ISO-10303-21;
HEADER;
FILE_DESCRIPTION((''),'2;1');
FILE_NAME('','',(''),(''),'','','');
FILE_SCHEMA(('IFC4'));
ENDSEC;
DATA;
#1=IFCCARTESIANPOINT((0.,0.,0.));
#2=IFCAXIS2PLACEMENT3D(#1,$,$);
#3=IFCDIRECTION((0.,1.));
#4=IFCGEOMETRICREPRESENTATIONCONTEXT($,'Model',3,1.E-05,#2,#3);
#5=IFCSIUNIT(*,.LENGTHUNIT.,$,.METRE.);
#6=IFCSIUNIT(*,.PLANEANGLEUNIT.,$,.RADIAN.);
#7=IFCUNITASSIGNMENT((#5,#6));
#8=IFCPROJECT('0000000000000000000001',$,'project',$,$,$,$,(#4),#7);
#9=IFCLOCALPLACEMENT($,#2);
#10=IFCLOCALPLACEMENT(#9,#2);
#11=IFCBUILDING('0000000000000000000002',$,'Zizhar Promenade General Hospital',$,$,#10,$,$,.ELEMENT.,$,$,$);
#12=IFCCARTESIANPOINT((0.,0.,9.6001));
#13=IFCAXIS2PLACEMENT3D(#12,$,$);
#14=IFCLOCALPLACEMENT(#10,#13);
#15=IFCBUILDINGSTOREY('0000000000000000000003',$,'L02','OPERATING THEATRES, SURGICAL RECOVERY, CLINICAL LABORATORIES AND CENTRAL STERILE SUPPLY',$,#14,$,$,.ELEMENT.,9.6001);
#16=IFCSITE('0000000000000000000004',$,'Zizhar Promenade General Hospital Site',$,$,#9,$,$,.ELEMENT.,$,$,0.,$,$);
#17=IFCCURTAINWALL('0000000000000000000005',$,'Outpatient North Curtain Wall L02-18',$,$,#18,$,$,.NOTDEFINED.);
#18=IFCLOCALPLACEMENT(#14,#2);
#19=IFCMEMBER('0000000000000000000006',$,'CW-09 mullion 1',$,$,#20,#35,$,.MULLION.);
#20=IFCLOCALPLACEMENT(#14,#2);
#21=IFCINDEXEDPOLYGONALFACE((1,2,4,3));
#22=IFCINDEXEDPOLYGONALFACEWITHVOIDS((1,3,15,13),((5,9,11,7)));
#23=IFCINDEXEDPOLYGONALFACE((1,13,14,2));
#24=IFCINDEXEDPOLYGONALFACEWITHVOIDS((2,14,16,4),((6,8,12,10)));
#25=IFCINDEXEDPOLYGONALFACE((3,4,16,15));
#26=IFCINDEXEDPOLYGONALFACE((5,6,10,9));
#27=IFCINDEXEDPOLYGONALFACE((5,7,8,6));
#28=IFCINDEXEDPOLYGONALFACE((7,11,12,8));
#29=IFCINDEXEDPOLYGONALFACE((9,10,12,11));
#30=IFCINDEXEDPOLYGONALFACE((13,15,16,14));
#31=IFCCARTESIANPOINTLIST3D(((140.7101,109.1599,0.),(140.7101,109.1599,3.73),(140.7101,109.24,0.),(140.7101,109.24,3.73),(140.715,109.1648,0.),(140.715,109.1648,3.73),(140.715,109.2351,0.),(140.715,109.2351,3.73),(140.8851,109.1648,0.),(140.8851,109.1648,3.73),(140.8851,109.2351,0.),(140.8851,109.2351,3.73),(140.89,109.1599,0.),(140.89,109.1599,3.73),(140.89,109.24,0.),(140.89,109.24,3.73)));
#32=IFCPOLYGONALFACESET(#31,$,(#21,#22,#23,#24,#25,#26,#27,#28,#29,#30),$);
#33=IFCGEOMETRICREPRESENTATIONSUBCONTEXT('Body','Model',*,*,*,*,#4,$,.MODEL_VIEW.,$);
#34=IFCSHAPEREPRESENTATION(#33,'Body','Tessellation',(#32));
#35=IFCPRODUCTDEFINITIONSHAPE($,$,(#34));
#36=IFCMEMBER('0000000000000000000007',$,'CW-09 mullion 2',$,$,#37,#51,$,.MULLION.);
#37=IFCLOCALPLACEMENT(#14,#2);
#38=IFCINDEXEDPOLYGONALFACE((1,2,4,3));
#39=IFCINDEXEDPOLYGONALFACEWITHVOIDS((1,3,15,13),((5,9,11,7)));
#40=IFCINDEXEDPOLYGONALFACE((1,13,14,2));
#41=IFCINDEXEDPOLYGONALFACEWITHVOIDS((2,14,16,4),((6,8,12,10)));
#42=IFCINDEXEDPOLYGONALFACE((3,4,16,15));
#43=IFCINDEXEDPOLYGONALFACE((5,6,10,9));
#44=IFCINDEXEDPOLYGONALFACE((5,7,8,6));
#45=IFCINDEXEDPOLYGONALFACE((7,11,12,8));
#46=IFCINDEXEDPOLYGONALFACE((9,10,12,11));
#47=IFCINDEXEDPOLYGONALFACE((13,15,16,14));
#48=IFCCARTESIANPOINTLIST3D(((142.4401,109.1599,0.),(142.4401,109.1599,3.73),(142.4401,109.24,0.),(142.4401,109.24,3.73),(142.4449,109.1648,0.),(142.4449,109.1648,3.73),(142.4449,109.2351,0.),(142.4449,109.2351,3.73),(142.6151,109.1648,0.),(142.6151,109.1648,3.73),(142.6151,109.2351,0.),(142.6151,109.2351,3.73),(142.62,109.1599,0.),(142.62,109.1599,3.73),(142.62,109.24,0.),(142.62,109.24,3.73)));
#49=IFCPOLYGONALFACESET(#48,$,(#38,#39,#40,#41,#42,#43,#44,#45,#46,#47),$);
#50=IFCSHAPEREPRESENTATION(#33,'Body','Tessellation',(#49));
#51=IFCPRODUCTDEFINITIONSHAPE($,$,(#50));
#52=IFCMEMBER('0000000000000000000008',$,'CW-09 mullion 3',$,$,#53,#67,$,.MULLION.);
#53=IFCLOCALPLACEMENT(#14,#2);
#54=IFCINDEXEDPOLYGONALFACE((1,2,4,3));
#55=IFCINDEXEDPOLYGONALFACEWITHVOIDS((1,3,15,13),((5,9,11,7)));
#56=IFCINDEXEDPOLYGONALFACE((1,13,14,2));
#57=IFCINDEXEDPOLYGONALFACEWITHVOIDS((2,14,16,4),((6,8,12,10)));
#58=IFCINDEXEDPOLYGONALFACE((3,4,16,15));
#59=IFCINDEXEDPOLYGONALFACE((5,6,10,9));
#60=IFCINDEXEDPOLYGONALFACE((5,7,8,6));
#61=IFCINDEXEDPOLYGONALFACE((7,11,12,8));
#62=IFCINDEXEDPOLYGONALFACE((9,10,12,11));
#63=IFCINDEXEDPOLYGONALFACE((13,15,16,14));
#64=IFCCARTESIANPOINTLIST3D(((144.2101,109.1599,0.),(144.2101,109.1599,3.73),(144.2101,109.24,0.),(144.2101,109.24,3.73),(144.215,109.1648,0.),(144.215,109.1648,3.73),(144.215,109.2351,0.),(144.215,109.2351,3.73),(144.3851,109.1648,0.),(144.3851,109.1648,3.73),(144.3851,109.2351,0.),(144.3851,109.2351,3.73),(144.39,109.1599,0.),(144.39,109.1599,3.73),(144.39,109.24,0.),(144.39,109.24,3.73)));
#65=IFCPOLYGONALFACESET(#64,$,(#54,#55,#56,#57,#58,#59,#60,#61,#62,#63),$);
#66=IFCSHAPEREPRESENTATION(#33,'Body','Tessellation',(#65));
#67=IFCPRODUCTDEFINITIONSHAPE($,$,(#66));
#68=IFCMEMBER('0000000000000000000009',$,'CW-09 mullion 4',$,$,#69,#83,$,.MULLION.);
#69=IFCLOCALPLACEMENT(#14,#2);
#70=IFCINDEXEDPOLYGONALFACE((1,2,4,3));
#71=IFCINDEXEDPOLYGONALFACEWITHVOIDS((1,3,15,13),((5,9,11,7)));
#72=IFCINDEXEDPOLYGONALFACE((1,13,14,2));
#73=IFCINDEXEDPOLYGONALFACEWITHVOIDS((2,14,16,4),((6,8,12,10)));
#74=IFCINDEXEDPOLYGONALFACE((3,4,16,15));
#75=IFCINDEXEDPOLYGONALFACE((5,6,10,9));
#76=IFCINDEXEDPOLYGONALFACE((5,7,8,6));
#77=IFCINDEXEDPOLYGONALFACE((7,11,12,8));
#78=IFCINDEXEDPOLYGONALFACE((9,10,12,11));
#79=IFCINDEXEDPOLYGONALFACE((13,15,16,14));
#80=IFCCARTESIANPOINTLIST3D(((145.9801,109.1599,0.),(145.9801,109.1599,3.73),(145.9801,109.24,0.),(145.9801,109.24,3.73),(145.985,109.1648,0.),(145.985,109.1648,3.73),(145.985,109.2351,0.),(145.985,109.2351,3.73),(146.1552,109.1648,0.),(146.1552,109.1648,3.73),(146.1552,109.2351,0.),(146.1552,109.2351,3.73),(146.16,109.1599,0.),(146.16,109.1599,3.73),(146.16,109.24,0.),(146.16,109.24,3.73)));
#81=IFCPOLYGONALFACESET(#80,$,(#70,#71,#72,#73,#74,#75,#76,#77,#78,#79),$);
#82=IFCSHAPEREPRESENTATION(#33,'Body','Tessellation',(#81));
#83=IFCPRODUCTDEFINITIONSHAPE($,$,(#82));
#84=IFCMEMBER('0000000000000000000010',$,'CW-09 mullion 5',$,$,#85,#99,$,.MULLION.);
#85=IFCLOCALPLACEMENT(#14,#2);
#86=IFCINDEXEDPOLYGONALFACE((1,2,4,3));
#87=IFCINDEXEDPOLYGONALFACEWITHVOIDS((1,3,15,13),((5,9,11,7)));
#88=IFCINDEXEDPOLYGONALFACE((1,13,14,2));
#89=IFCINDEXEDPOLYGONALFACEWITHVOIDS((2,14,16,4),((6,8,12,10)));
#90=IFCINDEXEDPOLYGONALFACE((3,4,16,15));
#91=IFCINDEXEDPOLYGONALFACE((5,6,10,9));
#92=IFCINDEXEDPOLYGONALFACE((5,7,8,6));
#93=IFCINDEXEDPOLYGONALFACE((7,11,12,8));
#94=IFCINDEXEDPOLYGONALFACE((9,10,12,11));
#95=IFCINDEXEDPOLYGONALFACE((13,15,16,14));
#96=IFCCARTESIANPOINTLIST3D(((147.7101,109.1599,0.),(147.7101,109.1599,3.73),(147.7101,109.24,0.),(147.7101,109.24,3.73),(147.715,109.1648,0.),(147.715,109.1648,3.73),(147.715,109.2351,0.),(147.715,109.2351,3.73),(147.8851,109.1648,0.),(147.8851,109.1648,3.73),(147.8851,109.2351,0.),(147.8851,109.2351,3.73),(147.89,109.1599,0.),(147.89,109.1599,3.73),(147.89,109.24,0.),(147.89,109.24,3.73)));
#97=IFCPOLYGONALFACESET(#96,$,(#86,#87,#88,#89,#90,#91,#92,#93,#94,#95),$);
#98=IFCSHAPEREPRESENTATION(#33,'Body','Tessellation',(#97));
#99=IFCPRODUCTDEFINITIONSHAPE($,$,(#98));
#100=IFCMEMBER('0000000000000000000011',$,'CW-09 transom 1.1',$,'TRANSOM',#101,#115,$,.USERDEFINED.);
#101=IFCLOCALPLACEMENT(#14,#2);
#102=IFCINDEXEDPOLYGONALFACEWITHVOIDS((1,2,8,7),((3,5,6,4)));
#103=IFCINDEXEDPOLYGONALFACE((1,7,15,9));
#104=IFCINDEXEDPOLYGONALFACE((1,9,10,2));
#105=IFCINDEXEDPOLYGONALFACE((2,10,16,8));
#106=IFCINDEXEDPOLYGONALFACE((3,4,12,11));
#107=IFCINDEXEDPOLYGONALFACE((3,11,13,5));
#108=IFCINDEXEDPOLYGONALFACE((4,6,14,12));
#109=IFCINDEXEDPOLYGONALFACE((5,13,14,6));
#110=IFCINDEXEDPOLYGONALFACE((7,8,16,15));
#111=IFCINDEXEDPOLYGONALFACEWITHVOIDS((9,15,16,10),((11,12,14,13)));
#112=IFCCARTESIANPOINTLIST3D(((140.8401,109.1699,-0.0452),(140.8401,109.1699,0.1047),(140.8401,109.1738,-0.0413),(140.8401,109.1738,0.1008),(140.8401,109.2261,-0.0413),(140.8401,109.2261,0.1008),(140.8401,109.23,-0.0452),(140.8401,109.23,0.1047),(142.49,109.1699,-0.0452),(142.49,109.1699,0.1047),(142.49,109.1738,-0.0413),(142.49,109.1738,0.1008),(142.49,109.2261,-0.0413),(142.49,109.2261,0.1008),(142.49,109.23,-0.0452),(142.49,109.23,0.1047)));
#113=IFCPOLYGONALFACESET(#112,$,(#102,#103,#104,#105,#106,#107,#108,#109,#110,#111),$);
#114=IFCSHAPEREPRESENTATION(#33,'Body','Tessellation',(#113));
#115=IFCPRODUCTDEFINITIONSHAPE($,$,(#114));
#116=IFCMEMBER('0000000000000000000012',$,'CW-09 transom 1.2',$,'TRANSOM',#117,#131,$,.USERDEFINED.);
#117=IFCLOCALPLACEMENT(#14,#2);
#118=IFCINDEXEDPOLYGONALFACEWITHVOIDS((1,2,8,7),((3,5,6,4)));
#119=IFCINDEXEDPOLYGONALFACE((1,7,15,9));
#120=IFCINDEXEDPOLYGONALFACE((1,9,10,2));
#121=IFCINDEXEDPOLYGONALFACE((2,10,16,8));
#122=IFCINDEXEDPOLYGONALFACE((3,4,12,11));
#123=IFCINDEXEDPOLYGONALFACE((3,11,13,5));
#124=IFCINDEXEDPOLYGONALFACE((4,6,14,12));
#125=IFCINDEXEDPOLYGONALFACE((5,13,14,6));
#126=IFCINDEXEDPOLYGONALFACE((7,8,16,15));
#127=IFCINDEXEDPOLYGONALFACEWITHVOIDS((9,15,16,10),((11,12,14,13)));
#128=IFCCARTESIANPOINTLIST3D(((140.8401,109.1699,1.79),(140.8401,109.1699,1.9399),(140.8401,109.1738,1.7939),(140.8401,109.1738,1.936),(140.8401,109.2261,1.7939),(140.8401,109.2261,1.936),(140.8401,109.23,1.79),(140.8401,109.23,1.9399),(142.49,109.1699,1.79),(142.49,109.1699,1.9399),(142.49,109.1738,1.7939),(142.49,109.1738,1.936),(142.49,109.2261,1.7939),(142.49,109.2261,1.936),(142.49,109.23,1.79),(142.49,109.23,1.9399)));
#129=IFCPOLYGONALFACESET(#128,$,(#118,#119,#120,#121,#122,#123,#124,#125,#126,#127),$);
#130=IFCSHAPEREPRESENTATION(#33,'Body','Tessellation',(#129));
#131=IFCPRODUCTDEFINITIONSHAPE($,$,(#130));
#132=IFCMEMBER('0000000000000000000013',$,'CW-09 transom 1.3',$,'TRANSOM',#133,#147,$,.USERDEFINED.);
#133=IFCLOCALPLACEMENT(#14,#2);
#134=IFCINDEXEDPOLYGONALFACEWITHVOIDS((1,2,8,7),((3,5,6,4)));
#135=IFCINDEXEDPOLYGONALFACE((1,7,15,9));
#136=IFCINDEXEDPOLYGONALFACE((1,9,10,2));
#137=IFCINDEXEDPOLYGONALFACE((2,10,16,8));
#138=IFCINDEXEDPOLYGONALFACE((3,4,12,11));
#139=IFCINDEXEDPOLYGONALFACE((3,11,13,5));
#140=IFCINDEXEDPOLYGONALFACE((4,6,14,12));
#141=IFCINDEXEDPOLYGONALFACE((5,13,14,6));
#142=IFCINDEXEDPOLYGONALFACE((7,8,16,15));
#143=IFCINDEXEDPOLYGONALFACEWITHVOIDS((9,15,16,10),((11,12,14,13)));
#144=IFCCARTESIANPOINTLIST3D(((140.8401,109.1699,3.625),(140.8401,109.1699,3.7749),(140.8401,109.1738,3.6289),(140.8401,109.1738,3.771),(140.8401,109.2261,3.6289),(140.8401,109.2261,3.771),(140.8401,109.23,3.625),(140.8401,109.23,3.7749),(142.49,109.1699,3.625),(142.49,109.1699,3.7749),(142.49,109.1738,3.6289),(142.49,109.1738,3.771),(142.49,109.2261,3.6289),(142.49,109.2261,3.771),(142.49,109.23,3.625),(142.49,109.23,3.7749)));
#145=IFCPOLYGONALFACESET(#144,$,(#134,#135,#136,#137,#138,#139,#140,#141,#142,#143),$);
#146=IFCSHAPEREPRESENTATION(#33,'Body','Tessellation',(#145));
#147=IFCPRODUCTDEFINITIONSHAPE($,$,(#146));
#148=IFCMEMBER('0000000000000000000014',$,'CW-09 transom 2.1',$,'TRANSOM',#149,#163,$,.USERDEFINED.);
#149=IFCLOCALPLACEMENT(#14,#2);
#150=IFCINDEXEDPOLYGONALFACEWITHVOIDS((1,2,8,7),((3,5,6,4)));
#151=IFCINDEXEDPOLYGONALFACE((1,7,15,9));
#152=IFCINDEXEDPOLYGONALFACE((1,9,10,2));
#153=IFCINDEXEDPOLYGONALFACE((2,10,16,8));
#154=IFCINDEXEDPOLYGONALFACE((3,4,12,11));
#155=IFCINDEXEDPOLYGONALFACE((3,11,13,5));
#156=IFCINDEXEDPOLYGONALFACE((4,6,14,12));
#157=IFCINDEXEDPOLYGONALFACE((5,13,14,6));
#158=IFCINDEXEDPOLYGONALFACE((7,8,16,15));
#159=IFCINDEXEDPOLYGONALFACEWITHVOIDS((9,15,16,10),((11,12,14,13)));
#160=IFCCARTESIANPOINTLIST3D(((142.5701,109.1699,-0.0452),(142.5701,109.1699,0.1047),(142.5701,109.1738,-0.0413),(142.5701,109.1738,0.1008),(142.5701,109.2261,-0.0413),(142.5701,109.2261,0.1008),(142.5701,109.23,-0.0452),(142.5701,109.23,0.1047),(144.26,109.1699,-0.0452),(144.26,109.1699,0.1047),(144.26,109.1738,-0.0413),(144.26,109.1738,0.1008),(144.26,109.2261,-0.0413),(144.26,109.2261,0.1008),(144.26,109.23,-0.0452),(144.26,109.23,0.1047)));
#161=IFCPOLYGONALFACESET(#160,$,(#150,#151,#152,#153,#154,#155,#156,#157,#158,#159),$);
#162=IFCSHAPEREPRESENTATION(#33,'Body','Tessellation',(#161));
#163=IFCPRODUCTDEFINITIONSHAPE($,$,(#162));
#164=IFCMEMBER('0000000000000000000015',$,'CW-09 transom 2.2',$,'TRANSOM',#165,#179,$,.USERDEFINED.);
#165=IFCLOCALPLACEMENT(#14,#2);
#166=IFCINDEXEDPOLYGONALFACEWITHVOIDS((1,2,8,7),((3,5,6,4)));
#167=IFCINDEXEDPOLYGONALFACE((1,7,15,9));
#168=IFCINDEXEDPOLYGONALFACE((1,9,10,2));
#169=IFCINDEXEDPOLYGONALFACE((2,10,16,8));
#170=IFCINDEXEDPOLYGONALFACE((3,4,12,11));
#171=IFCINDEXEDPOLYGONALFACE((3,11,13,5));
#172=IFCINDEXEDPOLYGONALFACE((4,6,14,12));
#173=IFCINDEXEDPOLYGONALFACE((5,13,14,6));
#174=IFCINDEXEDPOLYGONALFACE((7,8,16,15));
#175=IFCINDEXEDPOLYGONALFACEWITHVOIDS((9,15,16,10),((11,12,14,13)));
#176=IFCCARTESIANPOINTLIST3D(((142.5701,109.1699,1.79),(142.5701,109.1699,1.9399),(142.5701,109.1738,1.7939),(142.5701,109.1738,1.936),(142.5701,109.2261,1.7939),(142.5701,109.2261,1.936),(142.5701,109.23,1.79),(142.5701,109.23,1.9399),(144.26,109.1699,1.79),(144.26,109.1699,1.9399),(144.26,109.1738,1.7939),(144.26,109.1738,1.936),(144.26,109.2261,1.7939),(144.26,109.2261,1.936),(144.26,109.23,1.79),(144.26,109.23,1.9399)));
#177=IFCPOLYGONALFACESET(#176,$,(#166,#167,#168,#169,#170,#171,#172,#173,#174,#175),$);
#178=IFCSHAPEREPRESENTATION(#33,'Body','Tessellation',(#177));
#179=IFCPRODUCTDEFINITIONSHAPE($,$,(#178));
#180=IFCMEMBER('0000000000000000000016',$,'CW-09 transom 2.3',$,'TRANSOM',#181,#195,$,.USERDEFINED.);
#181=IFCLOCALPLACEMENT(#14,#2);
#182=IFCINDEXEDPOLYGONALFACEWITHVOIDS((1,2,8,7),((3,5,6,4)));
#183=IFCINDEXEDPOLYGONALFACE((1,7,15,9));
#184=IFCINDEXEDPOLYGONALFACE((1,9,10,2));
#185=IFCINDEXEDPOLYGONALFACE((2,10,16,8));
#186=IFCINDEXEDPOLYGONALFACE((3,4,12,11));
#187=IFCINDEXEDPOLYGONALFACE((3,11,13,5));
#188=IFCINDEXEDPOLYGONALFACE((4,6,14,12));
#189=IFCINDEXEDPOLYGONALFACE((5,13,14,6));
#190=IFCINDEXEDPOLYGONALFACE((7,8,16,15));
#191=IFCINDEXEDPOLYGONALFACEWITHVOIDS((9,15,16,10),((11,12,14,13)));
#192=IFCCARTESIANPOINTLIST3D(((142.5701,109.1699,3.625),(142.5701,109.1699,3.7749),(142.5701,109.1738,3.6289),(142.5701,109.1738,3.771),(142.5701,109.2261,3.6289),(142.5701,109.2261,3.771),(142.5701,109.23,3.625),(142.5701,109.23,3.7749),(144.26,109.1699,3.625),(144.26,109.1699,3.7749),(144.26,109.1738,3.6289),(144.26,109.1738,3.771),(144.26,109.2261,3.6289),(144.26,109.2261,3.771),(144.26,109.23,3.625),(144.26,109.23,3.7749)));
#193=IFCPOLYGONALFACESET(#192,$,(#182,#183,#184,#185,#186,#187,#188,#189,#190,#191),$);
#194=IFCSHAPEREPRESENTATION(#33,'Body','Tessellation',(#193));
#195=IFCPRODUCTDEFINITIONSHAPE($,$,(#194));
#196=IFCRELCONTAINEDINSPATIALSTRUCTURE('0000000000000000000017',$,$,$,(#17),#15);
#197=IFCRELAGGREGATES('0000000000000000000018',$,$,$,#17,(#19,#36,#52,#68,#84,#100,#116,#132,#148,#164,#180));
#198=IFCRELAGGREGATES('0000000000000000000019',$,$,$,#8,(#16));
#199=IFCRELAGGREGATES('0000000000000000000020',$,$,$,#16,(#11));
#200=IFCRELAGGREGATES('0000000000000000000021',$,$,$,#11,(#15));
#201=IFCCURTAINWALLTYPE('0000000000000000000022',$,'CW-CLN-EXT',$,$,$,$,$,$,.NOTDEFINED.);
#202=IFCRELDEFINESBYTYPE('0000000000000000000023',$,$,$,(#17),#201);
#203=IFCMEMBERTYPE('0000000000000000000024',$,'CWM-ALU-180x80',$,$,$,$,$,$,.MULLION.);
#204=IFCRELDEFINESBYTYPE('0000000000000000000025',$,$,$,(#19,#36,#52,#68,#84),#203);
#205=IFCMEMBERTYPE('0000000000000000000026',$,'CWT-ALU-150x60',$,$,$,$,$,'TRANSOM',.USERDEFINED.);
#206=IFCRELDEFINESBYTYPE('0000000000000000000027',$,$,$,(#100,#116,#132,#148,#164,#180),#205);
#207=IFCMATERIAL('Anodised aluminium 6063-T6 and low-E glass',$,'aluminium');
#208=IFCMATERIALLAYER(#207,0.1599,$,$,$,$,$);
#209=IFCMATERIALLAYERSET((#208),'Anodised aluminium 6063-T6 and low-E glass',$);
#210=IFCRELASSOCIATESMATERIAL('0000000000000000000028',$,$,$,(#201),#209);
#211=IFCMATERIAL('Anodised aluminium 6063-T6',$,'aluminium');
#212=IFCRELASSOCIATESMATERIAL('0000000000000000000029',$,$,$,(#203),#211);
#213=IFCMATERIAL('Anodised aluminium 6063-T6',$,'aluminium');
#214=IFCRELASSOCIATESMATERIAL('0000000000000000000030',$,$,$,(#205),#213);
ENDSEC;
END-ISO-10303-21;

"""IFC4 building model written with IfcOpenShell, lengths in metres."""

from ifc_helpers import new_model, si_unit, direction, frame, origin, origin_2d, place, context, subcontext, project, spatial, hollow_rectangle, extrude, material, layer, layer_set, material_profile, profile_set, type_object, element, aggregate, save


model = new_model("IFC4")

# Units and contexts
model_context = context("Model", 3, precision=1e-05, world=origin(), true_north=direction((0.0, 1.0)))
body_context = subcontext(model_context, "Body", "Model", "MODEL_VIEW")
ifc_project = project(units=[si_unit("LENGTHUNIT", "METRE"), si_unit("PLANEANGLEUNIT", "RADIAN")], contexts=[model_context])

# Site, building, storey
site_placement = place(None, origin())
site = spatial("IfcSite", under=ifc_project, at=site_placement, Name="Zizhar Promenade General Hospital Site", CompositionType="ELEMENT", RefElevation=0.0)
building_placement = place(site_placement, origin())
building = spatial("IfcBuilding", under=site, at=building_placement, Name="Zizhar Promenade General Hospital", CompositionType="ELEMENT")
storey_placement = place(building_placement, frame((0.0, 0.0, 9.6001)))
storey = spatial("IfcBuildingStorey", under=building, at=storey_placement, Name="L02", Description="OPERATING THEATRES, SURGICAL RECOVERY, CLINICAL LABORATORIES AND CENTRAL STERILE SUPPLY", CompositionType="ELEMENT", Elevation=9.6001)

# Curtain wall, members
ifc_material_1 = material(Name="Anodised aluminium 6063-T6 and low-E glass", Category="aluminium")
ifc_layer_1 = layer(ifc_material_1, 0.1599)
ifc_layer_set_1 = layer_set([ifc_layer_1], Name="Anodised aluminium 6063-T6 and low-E glass")
curtain_wall_type = type_object("IfcCurtainWallType", Name="CW-CLN-EXT", PredefinedType="NOTDEFINED", material=ifc_layer_set_1)
curtain_wall_placement = place(storey_placement, origin())
curtain_wall = element("IfcCurtainWall", 1, at=curtain_wall_placement, inside=storey, type_object=curtain_wall_type, Name="Outpatient North Curtain Wall L02-18", PredefinedType="NOTDEFINED")
ifc_material_2 = material(Name="Anodised aluminium 6063-T6", Category="aluminium")
ifc_material_profile_1 = material_profile(ifc_material_2, hollow_rectangle(XDim=0.0801, YDim=0.1799, WallThickness=0.0049, at=origin_2d()))
ifc_profile_set_1 = profile_set([ifc_material_profile_1], Name="Anodised aluminium 6063-T6")
member_type_1 = type_object("IfcMemberType", Name="CWM-ALU-180x80", PredefinedType="MULLION", material=ifc_profile_set_1)
member_1_placement = place(storey_placement, frame((140.8, 109.2, 0.0), z_axis=(0.0, 0.0, 1.0), x_axis=(0.0, 1.0, 0.0)))
member_1 = element("IfcMember", 2, at=member_1_placement, type_object=member_type_1, Name="CW-09 mullion 1", PredefinedType="MULLION", context=body_context, shape_type="SweptSolid", body=[
    extrude(hollow_rectangle(XDim=0.0801, YDim=0.1799, WallThickness=0.0049, at=origin_2d()), origin(), (0.0, 0.0, 1.0), 3.73),
])
member_2_placement = place(storey_placement, frame((142.53, 109.2, 0.0), z_axis=(0.0, 0.0, 1.0), x_axis=(0.0, 1.0, 0.0)))
member_2 = element("IfcMember", 3, at=member_2_placement, type_object=member_type_1, Name="CW-09 mullion 2", PredefinedType="MULLION", context=body_context, shape_type="SweptSolid", body=[
    extrude(hollow_rectangle(XDim=0.0801, YDim=0.1799, WallThickness=0.0049, at=origin_2d()), origin(), (0.0, 0.0, 1.0), 3.73),
])
member_3_placement = place(storey_placement, frame((144.3, 109.2, 0.0), z_axis=(0.0, 0.0, 1.0), x_axis=(0.0, 1.0, 0.0)))
member_3 = element("IfcMember", 4, at=member_3_placement, type_object=member_type_1, Name="CW-09 mullion 3", PredefinedType="MULLION", context=body_context, shape_type="SweptSolid", body=[
    extrude(hollow_rectangle(XDim=0.0801, YDim=0.1799, WallThickness=0.0049, at=origin_2d()), origin(), (0.0, 0.0, 1.0), 3.73),
])
member_4_placement = place(storey_placement, frame((146.0701, 109.2, 0.0), z_axis=(0.0, 0.0, 1.0), x_axis=(0.0, 1.0, 0.0)))
member_4 = element("IfcMember", 5, at=member_4_placement, type_object=member_type_1, Name="CW-09 mullion 4", PredefinedType="MULLION", context=body_context, shape_type="SweptSolid", body=[
    extrude(hollow_rectangle(XDim=0.0801, YDim=0.1799, WallThickness=0.0049, at=origin_2d()), origin(), (0.0, 0.0, 1.0), 3.73),
])
member_5_placement = place(storey_placement, frame((147.8, 109.2, 0.0), z_axis=(0.0, 0.0, 1.0), x_axis=(0.0, 1.0, 0.0)))
member_5 = element("IfcMember", 6, at=member_5_placement, type_object=member_type_1, Name="CW-09 mullion 5", PredefinedType="MULLION", context=body_context, shape_type="SweptSolid", body=[
    extrude(hollow_rectangle(XDim=0.0801, YDim=0.1799, WallThickness=0.0049, at=origin_2d()), origin(), (0.0, 0.0, 1.0), 3.73),
])
ifc_material_3 = material(Name="Anodised aluminium 6063-T6", Category="aluminium")
ifc_material_profile_2 = material_profile(ifc_material_3, hollow_rectangle(XDim=0.0601, YDim=0.1499, WallThickness=0.0039, at=origin_2d()))
ifc_profile_set_2 = profile_set([ifc_material_profile_2], Name="Anodised aluminium 6063-T6")
member_type_2 = type_object("IfcMemberType", Name="CWT-ALU-150x60", ElementType="TRANSOM", PredefinedType="USERDEFINED", material=ifc_profile_set_2)
member_6_placement = place(storey_placement, frame((140.8401, 109.2, 0.0298), z_axis=(1.0, 0.0, 0.0), x_axis=(0.0, 1.0, 0.0)))
member_6 = element("IfcMember", 7, at=member_6_placement, type_object=member_type_2, Name="CW-09 transom 1.1", ObjectType="TRANSOM", PredefinedType="USERDEFINED", context=body_context, shape_type="SweptSolid", body=[
    extrude(hollow_rectangle(XDim=0.0601, YDim=0.1499, WallThickness=0.0039, at=origin_2d()), origin(), (0.0, 0.0, 1.0), 1.6499),
])
member_7_placement = place(storey_placement, frame((140.8401, 109.2, 1.865), z_axis=(1.0, 0.0, 0.0), x_axis=(0.0, 1.0, 0.0)))
member_7 = element("IfcMember", 8, at=member_7_placement, type_object=member_type_2, Name="CW-09 transom 1.2", ObjectType="TRANSOM", PredefinedType="USERDEFINED", context=body_context, shape_type="SweptSolid", body=[
    extrude(hollow_rectangle(XDim=0.0601, YDim=0.1499, WallThickness=0.0039, at=origin_2d()), origin(), (0.0, 0.0, 1.0), 1.6499),
])
member_8_placement = place(storey_placement, frame((140.8401, 109.2, 3.7), z_axis=(1.0, 0.0, 0.0), x_axis=(0.0, 1.0, 0.0)))
member_8 = element("IfcMember", 9, at=member_8_placement, type_object=member_type_2, Name="CW-09 transom 1.3", ObjectType="TRANSOM", PredefinedType="USERDEFINED", context=body_context, shape_type="SweptSolid", body=[
    extrude(hollow_rectangle(XDim=0.0601, YDim=0.1499, WallThickness=0.0039, at=origin_2d()), origin(), (0.0, 0.0, 1.0), 1.6499),
])
member_9_placement = place(storey_placement, frame((142.5701, 109.2, 0.0298), z_axis=(1.0, 0.0, 0.0), x_axis=(0.0, 1.0, 0.0)))
member_9 = element("IfcMember", 10, at=member_9_placement, type_object=member_type_2, Name="CW-09 transom 2.1", ObjectType="TRANSOM", PredefinedType="USERDEFINED", context=body_context, shape_type="SweptSolid", body=[
    extrude(hollow_rectangle(XDim=0.0601, YDim=0.1499, WallThickness=0.0039, at=origin_2d()), origin(), (0.0, 0.0, 1.0), 1.6899),
])
member_10_placement = place(storey_placement, frame((142.5701, 109.2, 1.865), z_axis=(1.0, 0.0, 0.0), x_axis=(0.0, 1.0, 0.0)))
member_10 = element("IfcMember", 11, at=member_10_placement, type_object=member_type_2, Name="CW-09 transom 2.2", ObjectType="TRANSOM", PredefinedType="USERDEFINED", context=body_context, shape_type="SweptSolid", body=[
    extrude(hollow_rectangle(XDim=0.0601, YDim=0.1499, WallThickness=0.0039, at=origin_2d()), origin(), (0.0, 0.0, 1.0), 1.6899),
])
member_11_placement = place(storey_placement, frame((142.5701, 109.2, 3.7), z_axis=(1.0, 0.0, 0.0), x_axis=(0.0, 1.0, 0.0)))
member_11 = element("IfcMember", 12, at=member_11_placement, type_object=member_type_2, Name="CW-09 transom 2.3", ObjectType="TRANSOM", PredefinedType="USERDEFINED", context=body_context, shape_type="SweptSolid", body=[
    extrude(hollow_rectangle(XDim=0.0601, YDim=0.1499, WallThickness=0.0039, at=origin_2d()), origin(), (0.0, 0.0, 1.0), 1.6899),
])
aggregate(curtain_wall, [member_1, member_2, member_3, member_4, member_5, member_6, member_7, member_8, member_9, member_10, member_11])

save(model, "model.ifc")
